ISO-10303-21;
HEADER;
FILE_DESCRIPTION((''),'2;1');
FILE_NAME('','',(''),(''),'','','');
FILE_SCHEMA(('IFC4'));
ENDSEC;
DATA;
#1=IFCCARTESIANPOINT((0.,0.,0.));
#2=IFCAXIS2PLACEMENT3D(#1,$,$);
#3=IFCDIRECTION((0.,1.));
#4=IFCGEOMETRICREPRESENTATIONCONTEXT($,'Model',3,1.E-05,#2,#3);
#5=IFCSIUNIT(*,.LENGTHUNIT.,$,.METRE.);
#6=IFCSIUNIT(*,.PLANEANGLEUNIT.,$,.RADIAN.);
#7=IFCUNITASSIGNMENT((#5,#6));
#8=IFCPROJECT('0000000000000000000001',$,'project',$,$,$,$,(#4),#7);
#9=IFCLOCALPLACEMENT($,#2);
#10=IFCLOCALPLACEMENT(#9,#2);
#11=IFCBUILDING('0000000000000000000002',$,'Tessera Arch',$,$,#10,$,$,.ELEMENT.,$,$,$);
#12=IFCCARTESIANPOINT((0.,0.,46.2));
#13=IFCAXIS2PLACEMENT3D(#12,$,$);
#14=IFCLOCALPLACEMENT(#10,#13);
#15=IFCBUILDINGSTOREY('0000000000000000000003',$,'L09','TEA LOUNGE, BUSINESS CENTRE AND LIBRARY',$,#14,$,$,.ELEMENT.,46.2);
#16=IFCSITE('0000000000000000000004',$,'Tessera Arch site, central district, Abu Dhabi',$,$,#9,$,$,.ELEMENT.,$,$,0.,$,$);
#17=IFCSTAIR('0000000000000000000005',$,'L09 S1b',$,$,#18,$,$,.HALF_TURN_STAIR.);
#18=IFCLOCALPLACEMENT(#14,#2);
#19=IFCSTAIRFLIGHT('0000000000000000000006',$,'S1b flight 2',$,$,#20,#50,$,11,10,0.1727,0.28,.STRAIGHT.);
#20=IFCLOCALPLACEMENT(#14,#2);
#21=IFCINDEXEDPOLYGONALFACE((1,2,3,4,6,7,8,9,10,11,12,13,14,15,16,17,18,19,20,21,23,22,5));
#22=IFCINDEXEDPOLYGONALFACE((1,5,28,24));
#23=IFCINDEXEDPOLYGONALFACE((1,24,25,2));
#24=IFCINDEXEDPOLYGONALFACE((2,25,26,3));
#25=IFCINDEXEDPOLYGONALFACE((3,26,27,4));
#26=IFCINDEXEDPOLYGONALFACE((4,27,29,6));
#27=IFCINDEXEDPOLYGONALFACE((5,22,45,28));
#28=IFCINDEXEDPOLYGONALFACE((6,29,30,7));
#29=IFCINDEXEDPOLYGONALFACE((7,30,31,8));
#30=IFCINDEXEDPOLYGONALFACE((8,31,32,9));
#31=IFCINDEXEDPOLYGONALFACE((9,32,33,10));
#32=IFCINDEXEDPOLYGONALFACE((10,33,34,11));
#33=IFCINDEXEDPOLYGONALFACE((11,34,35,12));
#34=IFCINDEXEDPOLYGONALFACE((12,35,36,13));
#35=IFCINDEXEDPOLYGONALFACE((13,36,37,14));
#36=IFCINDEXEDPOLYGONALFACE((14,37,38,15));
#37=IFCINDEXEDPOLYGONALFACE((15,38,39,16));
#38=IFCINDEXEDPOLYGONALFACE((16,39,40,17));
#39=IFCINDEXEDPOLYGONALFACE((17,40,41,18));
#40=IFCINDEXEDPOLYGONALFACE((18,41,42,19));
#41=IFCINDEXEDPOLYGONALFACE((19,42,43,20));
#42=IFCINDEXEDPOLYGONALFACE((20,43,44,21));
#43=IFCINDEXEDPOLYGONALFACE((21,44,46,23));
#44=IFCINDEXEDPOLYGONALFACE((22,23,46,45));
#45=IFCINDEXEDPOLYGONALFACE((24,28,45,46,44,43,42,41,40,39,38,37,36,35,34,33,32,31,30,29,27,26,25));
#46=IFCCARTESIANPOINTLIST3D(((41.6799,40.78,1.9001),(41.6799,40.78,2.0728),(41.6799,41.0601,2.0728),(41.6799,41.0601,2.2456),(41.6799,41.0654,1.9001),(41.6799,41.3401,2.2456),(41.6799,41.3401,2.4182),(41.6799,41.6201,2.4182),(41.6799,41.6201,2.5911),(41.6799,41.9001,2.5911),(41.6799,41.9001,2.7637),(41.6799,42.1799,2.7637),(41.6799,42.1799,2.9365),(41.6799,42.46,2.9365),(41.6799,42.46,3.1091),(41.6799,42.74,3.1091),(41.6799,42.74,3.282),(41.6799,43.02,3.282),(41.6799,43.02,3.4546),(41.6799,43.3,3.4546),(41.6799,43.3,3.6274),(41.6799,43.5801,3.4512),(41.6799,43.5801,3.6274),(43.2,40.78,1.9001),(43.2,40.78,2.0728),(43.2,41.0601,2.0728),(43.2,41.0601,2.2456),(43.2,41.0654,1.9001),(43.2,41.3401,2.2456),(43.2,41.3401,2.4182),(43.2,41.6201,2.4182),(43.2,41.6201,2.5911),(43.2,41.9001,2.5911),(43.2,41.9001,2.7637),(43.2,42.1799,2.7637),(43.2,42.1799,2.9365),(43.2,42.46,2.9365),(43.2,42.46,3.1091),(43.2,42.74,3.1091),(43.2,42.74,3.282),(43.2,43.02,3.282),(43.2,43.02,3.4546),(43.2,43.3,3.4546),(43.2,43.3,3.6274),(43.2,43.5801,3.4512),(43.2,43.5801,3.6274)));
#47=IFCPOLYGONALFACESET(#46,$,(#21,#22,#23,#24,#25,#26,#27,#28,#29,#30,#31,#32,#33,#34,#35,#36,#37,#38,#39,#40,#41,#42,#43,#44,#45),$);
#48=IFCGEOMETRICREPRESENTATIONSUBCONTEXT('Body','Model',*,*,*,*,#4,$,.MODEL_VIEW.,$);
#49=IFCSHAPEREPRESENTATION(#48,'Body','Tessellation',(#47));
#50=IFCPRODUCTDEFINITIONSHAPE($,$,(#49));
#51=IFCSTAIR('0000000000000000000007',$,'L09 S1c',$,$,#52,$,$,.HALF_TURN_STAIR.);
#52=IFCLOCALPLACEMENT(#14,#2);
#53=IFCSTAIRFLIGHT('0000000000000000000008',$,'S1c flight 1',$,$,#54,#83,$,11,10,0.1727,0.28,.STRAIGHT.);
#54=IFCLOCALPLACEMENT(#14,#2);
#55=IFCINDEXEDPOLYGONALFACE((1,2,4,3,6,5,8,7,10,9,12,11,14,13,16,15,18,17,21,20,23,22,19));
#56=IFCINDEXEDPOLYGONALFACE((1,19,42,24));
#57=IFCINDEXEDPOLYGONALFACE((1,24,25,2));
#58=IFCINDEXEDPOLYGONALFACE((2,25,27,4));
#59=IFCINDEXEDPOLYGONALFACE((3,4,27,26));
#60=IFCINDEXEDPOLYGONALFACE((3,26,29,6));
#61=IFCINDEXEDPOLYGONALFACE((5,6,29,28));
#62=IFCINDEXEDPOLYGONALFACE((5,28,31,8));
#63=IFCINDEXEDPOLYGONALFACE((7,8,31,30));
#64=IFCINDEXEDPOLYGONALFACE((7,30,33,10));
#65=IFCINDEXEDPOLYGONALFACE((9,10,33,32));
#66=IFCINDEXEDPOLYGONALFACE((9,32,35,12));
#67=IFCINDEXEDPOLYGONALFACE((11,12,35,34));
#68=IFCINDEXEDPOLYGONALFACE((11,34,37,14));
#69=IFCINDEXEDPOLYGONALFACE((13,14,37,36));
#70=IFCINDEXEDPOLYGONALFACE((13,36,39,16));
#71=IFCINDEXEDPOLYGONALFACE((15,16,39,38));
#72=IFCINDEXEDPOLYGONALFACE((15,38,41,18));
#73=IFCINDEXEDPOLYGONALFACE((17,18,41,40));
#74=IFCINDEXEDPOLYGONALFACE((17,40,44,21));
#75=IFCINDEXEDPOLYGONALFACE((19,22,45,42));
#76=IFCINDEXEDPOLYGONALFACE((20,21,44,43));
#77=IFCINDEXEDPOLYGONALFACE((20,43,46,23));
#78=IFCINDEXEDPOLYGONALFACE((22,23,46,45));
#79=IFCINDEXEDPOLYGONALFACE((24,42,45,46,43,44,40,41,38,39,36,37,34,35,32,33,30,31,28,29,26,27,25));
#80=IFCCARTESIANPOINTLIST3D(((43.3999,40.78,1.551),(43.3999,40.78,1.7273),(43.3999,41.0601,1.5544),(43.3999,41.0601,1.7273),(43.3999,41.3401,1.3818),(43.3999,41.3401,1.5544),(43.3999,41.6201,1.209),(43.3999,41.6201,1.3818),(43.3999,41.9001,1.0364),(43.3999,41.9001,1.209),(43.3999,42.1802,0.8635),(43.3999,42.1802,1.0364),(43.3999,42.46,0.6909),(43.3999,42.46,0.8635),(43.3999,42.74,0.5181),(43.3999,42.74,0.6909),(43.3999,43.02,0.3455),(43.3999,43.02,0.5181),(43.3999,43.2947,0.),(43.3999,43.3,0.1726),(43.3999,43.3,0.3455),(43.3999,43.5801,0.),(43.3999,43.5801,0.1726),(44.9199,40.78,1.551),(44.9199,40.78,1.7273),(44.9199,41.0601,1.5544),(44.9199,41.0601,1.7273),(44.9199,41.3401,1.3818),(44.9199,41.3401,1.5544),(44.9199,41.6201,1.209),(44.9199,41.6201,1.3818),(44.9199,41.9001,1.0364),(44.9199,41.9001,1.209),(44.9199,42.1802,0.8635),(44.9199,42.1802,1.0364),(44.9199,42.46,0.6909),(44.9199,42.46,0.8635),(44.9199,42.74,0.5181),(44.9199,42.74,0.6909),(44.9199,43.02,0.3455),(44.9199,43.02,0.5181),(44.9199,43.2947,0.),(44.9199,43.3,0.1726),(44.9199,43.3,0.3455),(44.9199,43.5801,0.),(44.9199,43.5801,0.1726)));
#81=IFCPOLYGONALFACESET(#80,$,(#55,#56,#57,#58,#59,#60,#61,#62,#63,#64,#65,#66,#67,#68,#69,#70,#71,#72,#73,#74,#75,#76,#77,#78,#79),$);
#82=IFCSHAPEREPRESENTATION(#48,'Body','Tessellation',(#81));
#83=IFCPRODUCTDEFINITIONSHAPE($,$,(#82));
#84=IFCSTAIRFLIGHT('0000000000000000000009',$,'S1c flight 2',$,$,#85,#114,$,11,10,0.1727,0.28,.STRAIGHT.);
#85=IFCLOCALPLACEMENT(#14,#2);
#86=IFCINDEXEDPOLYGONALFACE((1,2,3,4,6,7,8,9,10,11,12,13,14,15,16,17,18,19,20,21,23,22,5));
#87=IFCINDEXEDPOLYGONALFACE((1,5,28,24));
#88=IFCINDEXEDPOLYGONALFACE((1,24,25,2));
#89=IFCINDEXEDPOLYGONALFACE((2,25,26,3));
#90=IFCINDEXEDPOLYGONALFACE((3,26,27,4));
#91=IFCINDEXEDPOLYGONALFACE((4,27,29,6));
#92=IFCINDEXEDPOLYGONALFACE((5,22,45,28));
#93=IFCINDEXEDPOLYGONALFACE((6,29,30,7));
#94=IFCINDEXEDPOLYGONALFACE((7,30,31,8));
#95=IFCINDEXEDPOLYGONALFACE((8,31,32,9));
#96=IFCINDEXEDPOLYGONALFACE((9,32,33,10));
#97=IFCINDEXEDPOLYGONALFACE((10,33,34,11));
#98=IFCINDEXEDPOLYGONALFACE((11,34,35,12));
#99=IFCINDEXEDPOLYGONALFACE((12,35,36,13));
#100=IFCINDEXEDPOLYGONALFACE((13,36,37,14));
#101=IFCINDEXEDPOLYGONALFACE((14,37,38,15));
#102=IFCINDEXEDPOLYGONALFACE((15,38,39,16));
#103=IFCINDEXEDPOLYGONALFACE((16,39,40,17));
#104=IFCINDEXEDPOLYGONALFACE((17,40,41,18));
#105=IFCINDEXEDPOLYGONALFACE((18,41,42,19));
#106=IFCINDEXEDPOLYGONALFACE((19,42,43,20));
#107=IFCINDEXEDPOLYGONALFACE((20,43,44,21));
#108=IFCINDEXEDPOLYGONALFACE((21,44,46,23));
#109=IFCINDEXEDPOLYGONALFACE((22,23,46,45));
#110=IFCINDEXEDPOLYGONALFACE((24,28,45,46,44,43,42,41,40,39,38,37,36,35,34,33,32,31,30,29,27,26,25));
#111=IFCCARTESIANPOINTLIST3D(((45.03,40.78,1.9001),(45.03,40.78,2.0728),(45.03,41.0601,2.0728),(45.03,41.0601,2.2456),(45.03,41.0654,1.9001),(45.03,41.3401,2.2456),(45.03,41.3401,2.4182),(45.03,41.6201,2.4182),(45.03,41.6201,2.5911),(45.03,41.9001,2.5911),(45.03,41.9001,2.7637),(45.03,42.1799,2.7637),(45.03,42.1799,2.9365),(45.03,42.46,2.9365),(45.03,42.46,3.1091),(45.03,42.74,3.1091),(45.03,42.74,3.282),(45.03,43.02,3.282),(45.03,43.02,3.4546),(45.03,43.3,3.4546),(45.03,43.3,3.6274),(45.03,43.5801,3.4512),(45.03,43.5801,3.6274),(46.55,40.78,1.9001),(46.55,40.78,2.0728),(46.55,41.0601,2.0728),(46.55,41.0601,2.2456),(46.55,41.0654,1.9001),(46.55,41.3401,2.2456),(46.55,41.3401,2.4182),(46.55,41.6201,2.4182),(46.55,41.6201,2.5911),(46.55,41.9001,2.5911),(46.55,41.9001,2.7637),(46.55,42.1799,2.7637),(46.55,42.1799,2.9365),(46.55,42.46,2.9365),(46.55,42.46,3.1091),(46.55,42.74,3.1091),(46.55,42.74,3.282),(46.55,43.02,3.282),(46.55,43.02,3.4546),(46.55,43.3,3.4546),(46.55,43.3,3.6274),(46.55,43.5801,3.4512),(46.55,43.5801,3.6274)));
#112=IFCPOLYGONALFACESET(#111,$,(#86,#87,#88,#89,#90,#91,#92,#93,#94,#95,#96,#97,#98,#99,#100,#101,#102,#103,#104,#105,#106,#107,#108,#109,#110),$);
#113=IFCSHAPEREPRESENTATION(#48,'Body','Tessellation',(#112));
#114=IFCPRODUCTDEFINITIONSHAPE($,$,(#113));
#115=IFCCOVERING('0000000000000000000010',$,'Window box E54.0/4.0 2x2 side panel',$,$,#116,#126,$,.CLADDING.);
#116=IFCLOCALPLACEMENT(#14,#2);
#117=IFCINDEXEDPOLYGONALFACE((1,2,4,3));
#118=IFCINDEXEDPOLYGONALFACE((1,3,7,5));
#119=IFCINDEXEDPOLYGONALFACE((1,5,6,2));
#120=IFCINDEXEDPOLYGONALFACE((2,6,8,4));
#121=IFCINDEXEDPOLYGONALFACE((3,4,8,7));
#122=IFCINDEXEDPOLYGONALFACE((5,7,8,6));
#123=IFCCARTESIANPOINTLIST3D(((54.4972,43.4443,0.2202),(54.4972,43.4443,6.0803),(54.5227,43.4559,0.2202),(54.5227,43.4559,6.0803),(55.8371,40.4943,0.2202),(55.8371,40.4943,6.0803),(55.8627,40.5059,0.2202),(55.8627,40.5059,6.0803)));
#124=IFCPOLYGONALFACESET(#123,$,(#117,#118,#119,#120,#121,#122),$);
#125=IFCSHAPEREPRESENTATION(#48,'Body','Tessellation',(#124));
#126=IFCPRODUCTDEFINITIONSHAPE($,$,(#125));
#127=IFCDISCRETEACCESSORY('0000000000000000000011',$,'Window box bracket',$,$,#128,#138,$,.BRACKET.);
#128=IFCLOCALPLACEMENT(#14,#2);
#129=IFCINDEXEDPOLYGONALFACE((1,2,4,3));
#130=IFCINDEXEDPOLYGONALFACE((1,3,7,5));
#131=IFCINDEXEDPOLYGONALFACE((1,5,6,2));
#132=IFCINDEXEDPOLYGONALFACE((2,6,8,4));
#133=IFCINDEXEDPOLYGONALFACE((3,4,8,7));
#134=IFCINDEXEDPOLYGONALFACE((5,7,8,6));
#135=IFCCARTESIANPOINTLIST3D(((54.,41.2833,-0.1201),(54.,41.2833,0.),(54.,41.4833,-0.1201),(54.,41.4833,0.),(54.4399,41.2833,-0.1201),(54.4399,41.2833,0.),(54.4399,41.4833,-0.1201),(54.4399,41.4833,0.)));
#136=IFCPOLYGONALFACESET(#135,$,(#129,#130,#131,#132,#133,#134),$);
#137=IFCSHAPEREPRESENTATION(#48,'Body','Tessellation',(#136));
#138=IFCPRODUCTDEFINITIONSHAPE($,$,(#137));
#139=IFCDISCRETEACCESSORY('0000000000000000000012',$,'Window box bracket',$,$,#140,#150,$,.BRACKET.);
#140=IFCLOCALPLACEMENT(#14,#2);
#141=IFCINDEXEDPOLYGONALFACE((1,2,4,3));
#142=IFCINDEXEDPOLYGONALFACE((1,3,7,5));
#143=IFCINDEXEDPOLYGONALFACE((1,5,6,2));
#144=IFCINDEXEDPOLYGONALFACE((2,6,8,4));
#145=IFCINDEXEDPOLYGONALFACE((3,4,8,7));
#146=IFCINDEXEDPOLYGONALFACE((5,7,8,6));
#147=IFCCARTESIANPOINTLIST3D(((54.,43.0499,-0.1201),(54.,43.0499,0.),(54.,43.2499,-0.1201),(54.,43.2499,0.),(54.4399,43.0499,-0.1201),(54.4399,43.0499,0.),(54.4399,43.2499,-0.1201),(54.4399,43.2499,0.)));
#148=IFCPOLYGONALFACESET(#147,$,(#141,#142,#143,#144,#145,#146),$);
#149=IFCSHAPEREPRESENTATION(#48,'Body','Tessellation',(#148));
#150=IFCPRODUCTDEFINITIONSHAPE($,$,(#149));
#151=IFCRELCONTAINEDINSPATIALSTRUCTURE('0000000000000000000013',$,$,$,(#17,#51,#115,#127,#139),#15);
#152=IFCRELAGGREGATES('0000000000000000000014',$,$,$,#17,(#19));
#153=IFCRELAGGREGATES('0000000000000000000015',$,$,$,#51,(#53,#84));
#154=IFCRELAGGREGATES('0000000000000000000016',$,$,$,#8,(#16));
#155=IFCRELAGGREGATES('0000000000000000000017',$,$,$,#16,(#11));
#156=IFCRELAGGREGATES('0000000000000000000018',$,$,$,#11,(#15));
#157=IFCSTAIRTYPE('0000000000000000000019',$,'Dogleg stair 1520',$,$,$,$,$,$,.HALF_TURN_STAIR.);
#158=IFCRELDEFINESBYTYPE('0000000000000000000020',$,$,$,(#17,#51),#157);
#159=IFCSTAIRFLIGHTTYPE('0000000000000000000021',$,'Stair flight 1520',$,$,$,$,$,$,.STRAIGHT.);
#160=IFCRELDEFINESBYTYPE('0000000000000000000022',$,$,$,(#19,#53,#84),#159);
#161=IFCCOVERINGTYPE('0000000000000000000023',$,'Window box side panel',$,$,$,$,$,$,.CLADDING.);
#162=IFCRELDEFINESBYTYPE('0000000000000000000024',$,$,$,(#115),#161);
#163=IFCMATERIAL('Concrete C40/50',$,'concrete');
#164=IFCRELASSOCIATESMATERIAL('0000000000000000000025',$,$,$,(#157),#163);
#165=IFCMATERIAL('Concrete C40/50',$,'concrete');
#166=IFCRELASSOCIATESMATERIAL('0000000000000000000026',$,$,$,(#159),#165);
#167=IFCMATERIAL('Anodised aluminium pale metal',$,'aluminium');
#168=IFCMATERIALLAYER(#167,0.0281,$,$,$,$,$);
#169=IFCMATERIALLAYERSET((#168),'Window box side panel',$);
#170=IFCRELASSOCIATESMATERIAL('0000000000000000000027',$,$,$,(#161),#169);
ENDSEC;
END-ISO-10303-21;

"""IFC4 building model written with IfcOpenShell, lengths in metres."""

from ifc_helpers import new_model, si_unit, direction, frame, origin, origin_2d, place, context, subcontext, project, spatial, polyline, rectangle, outline, extrude, material, layer, layer_set, type_object, element, aggregate, save


model = new_model("IFC4")

# Units and contexts
model_context = context("Model", 3, precision=1e-05, world=origin(), true_north=direction((0.0, 1.0)))
body_context = subcontext(model_context, "Body", "Model", "MODEL_VIEW")
ifc_project = project(units=[si_unit("LENGTHUNIT", "METRE"), si_unit("PLANEANGLEUNIT", "RADIAN")], contexts=[model_context])

# Site, building, storey
site_placement = place(None, origin())
site = spatial("IfcSite", under=ifc_project, at=site_placement, Name="Tessera Arch site, central district, Abu Dhabi", CompositionType="ELEMENT", RefElevation=0.0)
building_placement = place(site_placement, origin())
building = spatial("IfcBuilding", under=site, at=building_placement, Name="Tessera Arch", CompositionType="ELEMENT")
storey_placement = place(building_placement, frame((0.0, 0.0, 46.2)))
storey = spatial("IfcBuildingStorey", under=building, at=storey_placement, Name="L09", Description="TEA LOUNGE, BUSINESS CENTRE AND LIBRARY", CompositionType="ELEMENT", Elevation=46.2)

# Stair, stair flight
ifc_material_1 = material(Name="Concrete C40/50", Category="concrete")
stair_type = type_object("IfcStairType", Name="Dogleg stair 1520", PredefinedType="HALF_TURN_STAIR", material=ifc_material_1)
stair_1_placement = place(storey_placement, origin())
stair_1 = element("IfcStair", 1, at=stair_1_placement, inside=storey, type_object=stair_type, Name="L09 S1b", PredefinedType="HALF_TURN_STAIR")
ifc_material_2 = material(Name="Concrete C40/50", Category="concrete")
stair_flight_type = type_object("IfcStairFlightType", Name="Stair flight 1520", PredefinedType="STRAIGHT", material=ifc_material_2)
stair_flight_1_placement = place(storey_placement, frame((42.4399, 40.78, 1.9001), z_axis=(0.0, 0.0, 1.0), x_axis=(0.0, 1.0, 0.0)))
stair_flight_1 = element("IfcStairFlight", 2, at=stair_flight_1_placement, type_object=stair_flight_type, Name="S1b flight 2", NumberOfRisers=11, NumberOfTreads=10, PredefinedType="STRAIGHT", RiserHeight=0.1727, TreadLength=0.28, context=body_context, shape_type="SweptSolid", body=[
    extrude(outline(polyline([(0.0, 0.0), (0.0, 0.1726), (0.28, 0.1726), (0.28, 0.3455), (0.5601, 0.3455), (0.5601, 0.5181), (0.8401, 0.5181), (0.8401, 0.6909), (1.1201, 0.6909), (1.1201, 0.8635), (1.3999, 0.8635), (1.3999, 1.0364), (1.6799, 1.0364), (1.6799, 1.209), (1.96, 1.209), (1.96, 1.3818), (2.24, 1.3818), (2.24, 1.5544), (2.52, 1.5544), (2.52, 1.7273), (2.8, 1.7273), (2.8, 1.8999), (2.8, 1.551), (0.2854, 0.0), (0.0, 0.0)])), frame((0.0, 0.76, 0.0), z_axis=(0.0, -1.0, 0.0), x_axis=(1.0, 0.0, 0.0)), (0.0, 0.0, 1.0), 1.52),
])
aggregate(stair_1, [stair_flight_1])

# Stair, stair flights
stair_2_placement = place(storey_placement, origin())
stair_2 = element("IfcStair", 3, at=stair_2_placement, inside=storey, type_object=stair_type, Name="L09 S1c", PredefinedType="HALF_TURN_STAIR")
stair_flight_2_placement = place(storey_placement, frame((44.1599, 43.5801, 0.0), z_axis=(0.0, 0.0, 1.0), x_axis=(0.0, -1.0, 0.0)))
stair_flight_2 = element("IfcStairFlight", 4, at=stair_flight_2_placement, type_object=stair_flight_type, Name="S1c flight 1", NumberOfRisers=11, NumberOfTreads=10, PredefinedType="STRAIGHT", RiserHeight=0.1727, TreadLength=0.28, context=body_context, shape_type="SweptSolid", body=[
    extrude(outline(polyline([(0.0, 0.0), (0.0, 0.1726), (0.28, 0.1726), (0.28, 0.3455), (0.5601, 0.3455), (0.5601, 0.5181), (0.8401, 0.5181), (0.8401, 0.6909), (1.1201, 0.6909), (1.1201, 0.8635), (1.3999, 0.8635), (1.3999, 1.0364), (1.6799, 1.0364), (1.6799, 1.209), (1.96, 1.209), (1.96, 1.3818), (2.24, 1.3818), (2.24, 1.5544), (2.52, 1.5544), (2.52, 1.7273), (2.8, 1.7273), (2.8, 1.8999), (2.8, 1.551), (0.2854, 0.0), (0.0, 0.0)])), frame((0.0, 0.76, 0.0), z_axis=(0.0, -1.0, 0.0), x_axis=(1.0, 0.0, 0.0)), (0.0, 0.0, 1.0), 1.52),
])
stair_flight_3_placement = place(storey_placement, frame((45.79, 40.78, 1.9001), z_axis=(0.0, 0.0, 1.0), x_axis=(0.0, 1.0, 0.0)))
stair_flight_3 = element("IfcStairFlight", 5, at=stair_flight_3_placement, type_object=stair_flight_type, Name="S1c flight 2", NumberOfRisers=11, NumberOfTreads=10, PredefinedType="STRAIGHT", RiserHeight=0.1727, TreadLength=0.28, context=body_context, shape_type="SweptSolid", body=[
    extrude(outline(polyline([(0.0, 0.0), (0.0, 0.1726), (0.28, 0.1726), (0.28, 0.3455), (0.5601, 0.3455), (0.5601, 0.5181), (0.8401, 0.5181), (0.8401, 0.6909), (1.1201, 0.6909), (1.1201, 0.8635), (1.3999, 0.8635), (1.3999, 1.0364), (1.6799, 1.0364), (1.6799, 1.209), (1.96, 1.209), (1.96, 1.3818), (2.24, 1.3818), (2.24, 1.5544), (2.52, 1.5544), (2.52, 1.7273), (2.8, 1.7273), (2.8, 1.8999), (2.8, 1.551), (0.2854, 0.0), (0.0, 0.0)])), frame((0.0, 0.76, 0.0), z_axis=(0.0, -1.0, 0.0), x_axis=(1.0, 0.0, 0.0)), (0.0, 0.0, 1.0), 1.52),
])
aggregate(stair_2, [stair_flight_2, stair_flight_3])

# Covering
ifc_material_3 = material(Name="Anodised aluminium pale metal", Category="aluminium")
ifc_layer_1 = layer(ifc_material_3, 0.0281)
ifc_layer_set_1 = layer_set([ifc_layer_1], Name="Window box side panel")
covering_type = type_object("IfcCoveringType", Name="Window box side panel", PredefinedType="CLADDING", material=ifc_layer_set_1)
covering_placement = place(storey_placement, frame((55.1799, 41.9751, 0.2202), z_axis=(0.0, 0.0, 1.0), x_axis=(0.41357, -0.910472, 0.0)))
element("IfcCovering", 6, at=covering_placement, inside=storey, type_object=covering_type, Name="Window box E54.0/4.0 2x2 side panel", PredefinedType="CLADDING", context=body_context, shape_type="SweptSolid", body=[
    extrude(rectangle(XDim=3.24, YDim=0.0281, at=origin_2d()), origin(), (0.0, 0.0, 1.0), 5.8601),
])

# Discrete accessories
for number, where, z_axis, x_axis, name in (
    (7, (54.22, 41.3833, -0.1201), (0.0, 0.0, 1.0), (1.0, 0.0, 0.0), "Window box bracket"),
    (8, (54.22, 43.1499, -0.1201), (0.0, 0.0, 1.0), (1.0, 0.0, 0.0), "Window box bracket"),
):
    element("IfcDiscreteAccessory", number, at=place(storey_placement, frame(where, z_axis=z_axis, x_axis=x_axis)), inside=storey, Name=name, PredefinedType="BRACKET", context=body_context, shape_type="SweptSolid", body=[
        extrude(rectangle(XDim=0.4399, YDim=0.2, at=origin_2d()), origin(), (0.0, 0.0, 1.0), 0.1201),
    ])

save(model, "model.ifc")
